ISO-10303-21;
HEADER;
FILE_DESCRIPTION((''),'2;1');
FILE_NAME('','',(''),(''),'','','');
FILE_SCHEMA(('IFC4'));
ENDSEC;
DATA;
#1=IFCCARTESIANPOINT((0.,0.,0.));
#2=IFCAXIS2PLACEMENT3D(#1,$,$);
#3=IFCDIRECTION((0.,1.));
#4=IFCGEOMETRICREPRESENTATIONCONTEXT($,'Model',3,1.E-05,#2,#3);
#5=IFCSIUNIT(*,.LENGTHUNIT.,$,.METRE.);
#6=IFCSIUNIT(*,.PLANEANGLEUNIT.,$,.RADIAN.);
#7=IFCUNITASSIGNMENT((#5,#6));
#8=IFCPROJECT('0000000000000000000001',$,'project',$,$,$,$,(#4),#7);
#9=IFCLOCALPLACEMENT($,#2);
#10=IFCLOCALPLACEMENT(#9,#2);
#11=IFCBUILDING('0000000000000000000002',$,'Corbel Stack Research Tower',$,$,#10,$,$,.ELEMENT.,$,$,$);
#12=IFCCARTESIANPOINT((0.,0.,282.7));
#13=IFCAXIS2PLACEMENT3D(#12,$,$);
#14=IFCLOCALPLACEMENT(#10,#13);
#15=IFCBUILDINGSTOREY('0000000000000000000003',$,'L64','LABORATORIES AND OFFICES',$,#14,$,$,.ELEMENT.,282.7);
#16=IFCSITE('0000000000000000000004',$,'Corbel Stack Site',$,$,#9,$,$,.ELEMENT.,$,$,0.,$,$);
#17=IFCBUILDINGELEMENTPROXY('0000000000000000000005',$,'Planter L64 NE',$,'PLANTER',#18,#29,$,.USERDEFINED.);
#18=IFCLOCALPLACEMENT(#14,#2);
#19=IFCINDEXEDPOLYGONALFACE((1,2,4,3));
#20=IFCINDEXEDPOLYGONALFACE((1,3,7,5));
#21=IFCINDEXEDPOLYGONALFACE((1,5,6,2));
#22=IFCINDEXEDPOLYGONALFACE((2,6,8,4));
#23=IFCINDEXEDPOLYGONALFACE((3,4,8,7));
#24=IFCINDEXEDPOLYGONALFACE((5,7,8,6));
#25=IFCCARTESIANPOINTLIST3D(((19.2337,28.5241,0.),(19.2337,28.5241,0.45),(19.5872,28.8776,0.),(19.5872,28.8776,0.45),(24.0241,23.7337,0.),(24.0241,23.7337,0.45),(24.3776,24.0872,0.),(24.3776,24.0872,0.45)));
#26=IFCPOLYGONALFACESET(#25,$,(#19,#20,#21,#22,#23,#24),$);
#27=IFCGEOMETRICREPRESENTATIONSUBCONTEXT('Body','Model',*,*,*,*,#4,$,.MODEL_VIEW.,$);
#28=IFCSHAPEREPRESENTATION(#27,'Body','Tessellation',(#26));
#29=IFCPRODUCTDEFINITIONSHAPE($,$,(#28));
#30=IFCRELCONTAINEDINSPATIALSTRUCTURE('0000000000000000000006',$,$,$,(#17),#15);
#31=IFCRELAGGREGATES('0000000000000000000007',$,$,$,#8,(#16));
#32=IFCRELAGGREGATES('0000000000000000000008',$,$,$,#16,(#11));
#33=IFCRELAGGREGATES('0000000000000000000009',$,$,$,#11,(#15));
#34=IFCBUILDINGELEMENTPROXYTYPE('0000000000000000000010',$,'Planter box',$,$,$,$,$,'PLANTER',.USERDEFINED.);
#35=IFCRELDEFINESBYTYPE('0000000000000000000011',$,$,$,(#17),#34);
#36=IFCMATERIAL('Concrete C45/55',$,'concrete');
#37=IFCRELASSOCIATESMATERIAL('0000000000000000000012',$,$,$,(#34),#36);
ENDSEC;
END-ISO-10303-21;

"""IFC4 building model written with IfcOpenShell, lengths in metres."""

from ifc_helpers import new_model, si_unit, direction, frame, origin, origin_2d, place, context, subcontext, project, spatial, rectangle, extrude, material, type_object, element, save


model = new_model("IFC4")

# Units and contexts
model_context = context("Model", 3, precision=1e-05, world=origin(), true_north=direction((0.0, 1.0)))
body_context = subcontext(model_context, "Body", "Model", "MODEL_VIEW")
ifc_project = project(units=[si_unit("LENGTHUNIT", "METRE"), si_unit("PLANEANGLEUNIT", "RADIAN")], contexts=[model_context])

# Site, building, storey
site_placement = place(None, origin())
site = spatial("IfcSite", under=ifc_project, at=site_placement, Name="Corbel Stack Site", CompositionType="ELEMENT", RefElevation=0.0)
building_placement = place(site_placement, origin())
building = spatial("IfcBuilding", under=site, at=building_placement, Name="Corbel Stack Research Tower", CompositionType="ELEMENT")
storey_placement = place(building_placement, frame((0.0, 0.0, 282.7)))
storey = spatial("IfcBuildingStorey", under=building, at=storey_placement, Name="L64", Description="LABORATORIES AND OFFICES", CompositionType="ELEMENT", Elevation=282.7)

# Building element proxy
ifc_material_1 = material(Name="Concrete C45/55", Category="concrete")
building_element_proxy_type = type_object("IfcBuildingElementProxyType", Name="Planter box", ElementType="PLANTER", PredefinedType="USERDEFINED", material=ifc_material_1)
proxy_placement = place(storey_placement, frame((21.8057, 26.3057, 0.0), z_axis=(0.0, 0.0, 1.0), x_axis=(-0.707107, 0.707107, 0.0)))
element("IfcBuildingElementProxy", 1, at=proxy_placement, inside=storey, type_object=building_element_proxy_type, Name="Planter L64 NE", ObjectType="PLANTER", PredefinedType="USERDEFINED", context=body_context, shape_type="SweptSolid", body=[
    extrude(rectangle(XDim=6.7747, YDim=0.5, at=origin_2d()), origin(), (0.0, 0.0, 1.0), 0.45),
])

save(model, "model.ifc")
